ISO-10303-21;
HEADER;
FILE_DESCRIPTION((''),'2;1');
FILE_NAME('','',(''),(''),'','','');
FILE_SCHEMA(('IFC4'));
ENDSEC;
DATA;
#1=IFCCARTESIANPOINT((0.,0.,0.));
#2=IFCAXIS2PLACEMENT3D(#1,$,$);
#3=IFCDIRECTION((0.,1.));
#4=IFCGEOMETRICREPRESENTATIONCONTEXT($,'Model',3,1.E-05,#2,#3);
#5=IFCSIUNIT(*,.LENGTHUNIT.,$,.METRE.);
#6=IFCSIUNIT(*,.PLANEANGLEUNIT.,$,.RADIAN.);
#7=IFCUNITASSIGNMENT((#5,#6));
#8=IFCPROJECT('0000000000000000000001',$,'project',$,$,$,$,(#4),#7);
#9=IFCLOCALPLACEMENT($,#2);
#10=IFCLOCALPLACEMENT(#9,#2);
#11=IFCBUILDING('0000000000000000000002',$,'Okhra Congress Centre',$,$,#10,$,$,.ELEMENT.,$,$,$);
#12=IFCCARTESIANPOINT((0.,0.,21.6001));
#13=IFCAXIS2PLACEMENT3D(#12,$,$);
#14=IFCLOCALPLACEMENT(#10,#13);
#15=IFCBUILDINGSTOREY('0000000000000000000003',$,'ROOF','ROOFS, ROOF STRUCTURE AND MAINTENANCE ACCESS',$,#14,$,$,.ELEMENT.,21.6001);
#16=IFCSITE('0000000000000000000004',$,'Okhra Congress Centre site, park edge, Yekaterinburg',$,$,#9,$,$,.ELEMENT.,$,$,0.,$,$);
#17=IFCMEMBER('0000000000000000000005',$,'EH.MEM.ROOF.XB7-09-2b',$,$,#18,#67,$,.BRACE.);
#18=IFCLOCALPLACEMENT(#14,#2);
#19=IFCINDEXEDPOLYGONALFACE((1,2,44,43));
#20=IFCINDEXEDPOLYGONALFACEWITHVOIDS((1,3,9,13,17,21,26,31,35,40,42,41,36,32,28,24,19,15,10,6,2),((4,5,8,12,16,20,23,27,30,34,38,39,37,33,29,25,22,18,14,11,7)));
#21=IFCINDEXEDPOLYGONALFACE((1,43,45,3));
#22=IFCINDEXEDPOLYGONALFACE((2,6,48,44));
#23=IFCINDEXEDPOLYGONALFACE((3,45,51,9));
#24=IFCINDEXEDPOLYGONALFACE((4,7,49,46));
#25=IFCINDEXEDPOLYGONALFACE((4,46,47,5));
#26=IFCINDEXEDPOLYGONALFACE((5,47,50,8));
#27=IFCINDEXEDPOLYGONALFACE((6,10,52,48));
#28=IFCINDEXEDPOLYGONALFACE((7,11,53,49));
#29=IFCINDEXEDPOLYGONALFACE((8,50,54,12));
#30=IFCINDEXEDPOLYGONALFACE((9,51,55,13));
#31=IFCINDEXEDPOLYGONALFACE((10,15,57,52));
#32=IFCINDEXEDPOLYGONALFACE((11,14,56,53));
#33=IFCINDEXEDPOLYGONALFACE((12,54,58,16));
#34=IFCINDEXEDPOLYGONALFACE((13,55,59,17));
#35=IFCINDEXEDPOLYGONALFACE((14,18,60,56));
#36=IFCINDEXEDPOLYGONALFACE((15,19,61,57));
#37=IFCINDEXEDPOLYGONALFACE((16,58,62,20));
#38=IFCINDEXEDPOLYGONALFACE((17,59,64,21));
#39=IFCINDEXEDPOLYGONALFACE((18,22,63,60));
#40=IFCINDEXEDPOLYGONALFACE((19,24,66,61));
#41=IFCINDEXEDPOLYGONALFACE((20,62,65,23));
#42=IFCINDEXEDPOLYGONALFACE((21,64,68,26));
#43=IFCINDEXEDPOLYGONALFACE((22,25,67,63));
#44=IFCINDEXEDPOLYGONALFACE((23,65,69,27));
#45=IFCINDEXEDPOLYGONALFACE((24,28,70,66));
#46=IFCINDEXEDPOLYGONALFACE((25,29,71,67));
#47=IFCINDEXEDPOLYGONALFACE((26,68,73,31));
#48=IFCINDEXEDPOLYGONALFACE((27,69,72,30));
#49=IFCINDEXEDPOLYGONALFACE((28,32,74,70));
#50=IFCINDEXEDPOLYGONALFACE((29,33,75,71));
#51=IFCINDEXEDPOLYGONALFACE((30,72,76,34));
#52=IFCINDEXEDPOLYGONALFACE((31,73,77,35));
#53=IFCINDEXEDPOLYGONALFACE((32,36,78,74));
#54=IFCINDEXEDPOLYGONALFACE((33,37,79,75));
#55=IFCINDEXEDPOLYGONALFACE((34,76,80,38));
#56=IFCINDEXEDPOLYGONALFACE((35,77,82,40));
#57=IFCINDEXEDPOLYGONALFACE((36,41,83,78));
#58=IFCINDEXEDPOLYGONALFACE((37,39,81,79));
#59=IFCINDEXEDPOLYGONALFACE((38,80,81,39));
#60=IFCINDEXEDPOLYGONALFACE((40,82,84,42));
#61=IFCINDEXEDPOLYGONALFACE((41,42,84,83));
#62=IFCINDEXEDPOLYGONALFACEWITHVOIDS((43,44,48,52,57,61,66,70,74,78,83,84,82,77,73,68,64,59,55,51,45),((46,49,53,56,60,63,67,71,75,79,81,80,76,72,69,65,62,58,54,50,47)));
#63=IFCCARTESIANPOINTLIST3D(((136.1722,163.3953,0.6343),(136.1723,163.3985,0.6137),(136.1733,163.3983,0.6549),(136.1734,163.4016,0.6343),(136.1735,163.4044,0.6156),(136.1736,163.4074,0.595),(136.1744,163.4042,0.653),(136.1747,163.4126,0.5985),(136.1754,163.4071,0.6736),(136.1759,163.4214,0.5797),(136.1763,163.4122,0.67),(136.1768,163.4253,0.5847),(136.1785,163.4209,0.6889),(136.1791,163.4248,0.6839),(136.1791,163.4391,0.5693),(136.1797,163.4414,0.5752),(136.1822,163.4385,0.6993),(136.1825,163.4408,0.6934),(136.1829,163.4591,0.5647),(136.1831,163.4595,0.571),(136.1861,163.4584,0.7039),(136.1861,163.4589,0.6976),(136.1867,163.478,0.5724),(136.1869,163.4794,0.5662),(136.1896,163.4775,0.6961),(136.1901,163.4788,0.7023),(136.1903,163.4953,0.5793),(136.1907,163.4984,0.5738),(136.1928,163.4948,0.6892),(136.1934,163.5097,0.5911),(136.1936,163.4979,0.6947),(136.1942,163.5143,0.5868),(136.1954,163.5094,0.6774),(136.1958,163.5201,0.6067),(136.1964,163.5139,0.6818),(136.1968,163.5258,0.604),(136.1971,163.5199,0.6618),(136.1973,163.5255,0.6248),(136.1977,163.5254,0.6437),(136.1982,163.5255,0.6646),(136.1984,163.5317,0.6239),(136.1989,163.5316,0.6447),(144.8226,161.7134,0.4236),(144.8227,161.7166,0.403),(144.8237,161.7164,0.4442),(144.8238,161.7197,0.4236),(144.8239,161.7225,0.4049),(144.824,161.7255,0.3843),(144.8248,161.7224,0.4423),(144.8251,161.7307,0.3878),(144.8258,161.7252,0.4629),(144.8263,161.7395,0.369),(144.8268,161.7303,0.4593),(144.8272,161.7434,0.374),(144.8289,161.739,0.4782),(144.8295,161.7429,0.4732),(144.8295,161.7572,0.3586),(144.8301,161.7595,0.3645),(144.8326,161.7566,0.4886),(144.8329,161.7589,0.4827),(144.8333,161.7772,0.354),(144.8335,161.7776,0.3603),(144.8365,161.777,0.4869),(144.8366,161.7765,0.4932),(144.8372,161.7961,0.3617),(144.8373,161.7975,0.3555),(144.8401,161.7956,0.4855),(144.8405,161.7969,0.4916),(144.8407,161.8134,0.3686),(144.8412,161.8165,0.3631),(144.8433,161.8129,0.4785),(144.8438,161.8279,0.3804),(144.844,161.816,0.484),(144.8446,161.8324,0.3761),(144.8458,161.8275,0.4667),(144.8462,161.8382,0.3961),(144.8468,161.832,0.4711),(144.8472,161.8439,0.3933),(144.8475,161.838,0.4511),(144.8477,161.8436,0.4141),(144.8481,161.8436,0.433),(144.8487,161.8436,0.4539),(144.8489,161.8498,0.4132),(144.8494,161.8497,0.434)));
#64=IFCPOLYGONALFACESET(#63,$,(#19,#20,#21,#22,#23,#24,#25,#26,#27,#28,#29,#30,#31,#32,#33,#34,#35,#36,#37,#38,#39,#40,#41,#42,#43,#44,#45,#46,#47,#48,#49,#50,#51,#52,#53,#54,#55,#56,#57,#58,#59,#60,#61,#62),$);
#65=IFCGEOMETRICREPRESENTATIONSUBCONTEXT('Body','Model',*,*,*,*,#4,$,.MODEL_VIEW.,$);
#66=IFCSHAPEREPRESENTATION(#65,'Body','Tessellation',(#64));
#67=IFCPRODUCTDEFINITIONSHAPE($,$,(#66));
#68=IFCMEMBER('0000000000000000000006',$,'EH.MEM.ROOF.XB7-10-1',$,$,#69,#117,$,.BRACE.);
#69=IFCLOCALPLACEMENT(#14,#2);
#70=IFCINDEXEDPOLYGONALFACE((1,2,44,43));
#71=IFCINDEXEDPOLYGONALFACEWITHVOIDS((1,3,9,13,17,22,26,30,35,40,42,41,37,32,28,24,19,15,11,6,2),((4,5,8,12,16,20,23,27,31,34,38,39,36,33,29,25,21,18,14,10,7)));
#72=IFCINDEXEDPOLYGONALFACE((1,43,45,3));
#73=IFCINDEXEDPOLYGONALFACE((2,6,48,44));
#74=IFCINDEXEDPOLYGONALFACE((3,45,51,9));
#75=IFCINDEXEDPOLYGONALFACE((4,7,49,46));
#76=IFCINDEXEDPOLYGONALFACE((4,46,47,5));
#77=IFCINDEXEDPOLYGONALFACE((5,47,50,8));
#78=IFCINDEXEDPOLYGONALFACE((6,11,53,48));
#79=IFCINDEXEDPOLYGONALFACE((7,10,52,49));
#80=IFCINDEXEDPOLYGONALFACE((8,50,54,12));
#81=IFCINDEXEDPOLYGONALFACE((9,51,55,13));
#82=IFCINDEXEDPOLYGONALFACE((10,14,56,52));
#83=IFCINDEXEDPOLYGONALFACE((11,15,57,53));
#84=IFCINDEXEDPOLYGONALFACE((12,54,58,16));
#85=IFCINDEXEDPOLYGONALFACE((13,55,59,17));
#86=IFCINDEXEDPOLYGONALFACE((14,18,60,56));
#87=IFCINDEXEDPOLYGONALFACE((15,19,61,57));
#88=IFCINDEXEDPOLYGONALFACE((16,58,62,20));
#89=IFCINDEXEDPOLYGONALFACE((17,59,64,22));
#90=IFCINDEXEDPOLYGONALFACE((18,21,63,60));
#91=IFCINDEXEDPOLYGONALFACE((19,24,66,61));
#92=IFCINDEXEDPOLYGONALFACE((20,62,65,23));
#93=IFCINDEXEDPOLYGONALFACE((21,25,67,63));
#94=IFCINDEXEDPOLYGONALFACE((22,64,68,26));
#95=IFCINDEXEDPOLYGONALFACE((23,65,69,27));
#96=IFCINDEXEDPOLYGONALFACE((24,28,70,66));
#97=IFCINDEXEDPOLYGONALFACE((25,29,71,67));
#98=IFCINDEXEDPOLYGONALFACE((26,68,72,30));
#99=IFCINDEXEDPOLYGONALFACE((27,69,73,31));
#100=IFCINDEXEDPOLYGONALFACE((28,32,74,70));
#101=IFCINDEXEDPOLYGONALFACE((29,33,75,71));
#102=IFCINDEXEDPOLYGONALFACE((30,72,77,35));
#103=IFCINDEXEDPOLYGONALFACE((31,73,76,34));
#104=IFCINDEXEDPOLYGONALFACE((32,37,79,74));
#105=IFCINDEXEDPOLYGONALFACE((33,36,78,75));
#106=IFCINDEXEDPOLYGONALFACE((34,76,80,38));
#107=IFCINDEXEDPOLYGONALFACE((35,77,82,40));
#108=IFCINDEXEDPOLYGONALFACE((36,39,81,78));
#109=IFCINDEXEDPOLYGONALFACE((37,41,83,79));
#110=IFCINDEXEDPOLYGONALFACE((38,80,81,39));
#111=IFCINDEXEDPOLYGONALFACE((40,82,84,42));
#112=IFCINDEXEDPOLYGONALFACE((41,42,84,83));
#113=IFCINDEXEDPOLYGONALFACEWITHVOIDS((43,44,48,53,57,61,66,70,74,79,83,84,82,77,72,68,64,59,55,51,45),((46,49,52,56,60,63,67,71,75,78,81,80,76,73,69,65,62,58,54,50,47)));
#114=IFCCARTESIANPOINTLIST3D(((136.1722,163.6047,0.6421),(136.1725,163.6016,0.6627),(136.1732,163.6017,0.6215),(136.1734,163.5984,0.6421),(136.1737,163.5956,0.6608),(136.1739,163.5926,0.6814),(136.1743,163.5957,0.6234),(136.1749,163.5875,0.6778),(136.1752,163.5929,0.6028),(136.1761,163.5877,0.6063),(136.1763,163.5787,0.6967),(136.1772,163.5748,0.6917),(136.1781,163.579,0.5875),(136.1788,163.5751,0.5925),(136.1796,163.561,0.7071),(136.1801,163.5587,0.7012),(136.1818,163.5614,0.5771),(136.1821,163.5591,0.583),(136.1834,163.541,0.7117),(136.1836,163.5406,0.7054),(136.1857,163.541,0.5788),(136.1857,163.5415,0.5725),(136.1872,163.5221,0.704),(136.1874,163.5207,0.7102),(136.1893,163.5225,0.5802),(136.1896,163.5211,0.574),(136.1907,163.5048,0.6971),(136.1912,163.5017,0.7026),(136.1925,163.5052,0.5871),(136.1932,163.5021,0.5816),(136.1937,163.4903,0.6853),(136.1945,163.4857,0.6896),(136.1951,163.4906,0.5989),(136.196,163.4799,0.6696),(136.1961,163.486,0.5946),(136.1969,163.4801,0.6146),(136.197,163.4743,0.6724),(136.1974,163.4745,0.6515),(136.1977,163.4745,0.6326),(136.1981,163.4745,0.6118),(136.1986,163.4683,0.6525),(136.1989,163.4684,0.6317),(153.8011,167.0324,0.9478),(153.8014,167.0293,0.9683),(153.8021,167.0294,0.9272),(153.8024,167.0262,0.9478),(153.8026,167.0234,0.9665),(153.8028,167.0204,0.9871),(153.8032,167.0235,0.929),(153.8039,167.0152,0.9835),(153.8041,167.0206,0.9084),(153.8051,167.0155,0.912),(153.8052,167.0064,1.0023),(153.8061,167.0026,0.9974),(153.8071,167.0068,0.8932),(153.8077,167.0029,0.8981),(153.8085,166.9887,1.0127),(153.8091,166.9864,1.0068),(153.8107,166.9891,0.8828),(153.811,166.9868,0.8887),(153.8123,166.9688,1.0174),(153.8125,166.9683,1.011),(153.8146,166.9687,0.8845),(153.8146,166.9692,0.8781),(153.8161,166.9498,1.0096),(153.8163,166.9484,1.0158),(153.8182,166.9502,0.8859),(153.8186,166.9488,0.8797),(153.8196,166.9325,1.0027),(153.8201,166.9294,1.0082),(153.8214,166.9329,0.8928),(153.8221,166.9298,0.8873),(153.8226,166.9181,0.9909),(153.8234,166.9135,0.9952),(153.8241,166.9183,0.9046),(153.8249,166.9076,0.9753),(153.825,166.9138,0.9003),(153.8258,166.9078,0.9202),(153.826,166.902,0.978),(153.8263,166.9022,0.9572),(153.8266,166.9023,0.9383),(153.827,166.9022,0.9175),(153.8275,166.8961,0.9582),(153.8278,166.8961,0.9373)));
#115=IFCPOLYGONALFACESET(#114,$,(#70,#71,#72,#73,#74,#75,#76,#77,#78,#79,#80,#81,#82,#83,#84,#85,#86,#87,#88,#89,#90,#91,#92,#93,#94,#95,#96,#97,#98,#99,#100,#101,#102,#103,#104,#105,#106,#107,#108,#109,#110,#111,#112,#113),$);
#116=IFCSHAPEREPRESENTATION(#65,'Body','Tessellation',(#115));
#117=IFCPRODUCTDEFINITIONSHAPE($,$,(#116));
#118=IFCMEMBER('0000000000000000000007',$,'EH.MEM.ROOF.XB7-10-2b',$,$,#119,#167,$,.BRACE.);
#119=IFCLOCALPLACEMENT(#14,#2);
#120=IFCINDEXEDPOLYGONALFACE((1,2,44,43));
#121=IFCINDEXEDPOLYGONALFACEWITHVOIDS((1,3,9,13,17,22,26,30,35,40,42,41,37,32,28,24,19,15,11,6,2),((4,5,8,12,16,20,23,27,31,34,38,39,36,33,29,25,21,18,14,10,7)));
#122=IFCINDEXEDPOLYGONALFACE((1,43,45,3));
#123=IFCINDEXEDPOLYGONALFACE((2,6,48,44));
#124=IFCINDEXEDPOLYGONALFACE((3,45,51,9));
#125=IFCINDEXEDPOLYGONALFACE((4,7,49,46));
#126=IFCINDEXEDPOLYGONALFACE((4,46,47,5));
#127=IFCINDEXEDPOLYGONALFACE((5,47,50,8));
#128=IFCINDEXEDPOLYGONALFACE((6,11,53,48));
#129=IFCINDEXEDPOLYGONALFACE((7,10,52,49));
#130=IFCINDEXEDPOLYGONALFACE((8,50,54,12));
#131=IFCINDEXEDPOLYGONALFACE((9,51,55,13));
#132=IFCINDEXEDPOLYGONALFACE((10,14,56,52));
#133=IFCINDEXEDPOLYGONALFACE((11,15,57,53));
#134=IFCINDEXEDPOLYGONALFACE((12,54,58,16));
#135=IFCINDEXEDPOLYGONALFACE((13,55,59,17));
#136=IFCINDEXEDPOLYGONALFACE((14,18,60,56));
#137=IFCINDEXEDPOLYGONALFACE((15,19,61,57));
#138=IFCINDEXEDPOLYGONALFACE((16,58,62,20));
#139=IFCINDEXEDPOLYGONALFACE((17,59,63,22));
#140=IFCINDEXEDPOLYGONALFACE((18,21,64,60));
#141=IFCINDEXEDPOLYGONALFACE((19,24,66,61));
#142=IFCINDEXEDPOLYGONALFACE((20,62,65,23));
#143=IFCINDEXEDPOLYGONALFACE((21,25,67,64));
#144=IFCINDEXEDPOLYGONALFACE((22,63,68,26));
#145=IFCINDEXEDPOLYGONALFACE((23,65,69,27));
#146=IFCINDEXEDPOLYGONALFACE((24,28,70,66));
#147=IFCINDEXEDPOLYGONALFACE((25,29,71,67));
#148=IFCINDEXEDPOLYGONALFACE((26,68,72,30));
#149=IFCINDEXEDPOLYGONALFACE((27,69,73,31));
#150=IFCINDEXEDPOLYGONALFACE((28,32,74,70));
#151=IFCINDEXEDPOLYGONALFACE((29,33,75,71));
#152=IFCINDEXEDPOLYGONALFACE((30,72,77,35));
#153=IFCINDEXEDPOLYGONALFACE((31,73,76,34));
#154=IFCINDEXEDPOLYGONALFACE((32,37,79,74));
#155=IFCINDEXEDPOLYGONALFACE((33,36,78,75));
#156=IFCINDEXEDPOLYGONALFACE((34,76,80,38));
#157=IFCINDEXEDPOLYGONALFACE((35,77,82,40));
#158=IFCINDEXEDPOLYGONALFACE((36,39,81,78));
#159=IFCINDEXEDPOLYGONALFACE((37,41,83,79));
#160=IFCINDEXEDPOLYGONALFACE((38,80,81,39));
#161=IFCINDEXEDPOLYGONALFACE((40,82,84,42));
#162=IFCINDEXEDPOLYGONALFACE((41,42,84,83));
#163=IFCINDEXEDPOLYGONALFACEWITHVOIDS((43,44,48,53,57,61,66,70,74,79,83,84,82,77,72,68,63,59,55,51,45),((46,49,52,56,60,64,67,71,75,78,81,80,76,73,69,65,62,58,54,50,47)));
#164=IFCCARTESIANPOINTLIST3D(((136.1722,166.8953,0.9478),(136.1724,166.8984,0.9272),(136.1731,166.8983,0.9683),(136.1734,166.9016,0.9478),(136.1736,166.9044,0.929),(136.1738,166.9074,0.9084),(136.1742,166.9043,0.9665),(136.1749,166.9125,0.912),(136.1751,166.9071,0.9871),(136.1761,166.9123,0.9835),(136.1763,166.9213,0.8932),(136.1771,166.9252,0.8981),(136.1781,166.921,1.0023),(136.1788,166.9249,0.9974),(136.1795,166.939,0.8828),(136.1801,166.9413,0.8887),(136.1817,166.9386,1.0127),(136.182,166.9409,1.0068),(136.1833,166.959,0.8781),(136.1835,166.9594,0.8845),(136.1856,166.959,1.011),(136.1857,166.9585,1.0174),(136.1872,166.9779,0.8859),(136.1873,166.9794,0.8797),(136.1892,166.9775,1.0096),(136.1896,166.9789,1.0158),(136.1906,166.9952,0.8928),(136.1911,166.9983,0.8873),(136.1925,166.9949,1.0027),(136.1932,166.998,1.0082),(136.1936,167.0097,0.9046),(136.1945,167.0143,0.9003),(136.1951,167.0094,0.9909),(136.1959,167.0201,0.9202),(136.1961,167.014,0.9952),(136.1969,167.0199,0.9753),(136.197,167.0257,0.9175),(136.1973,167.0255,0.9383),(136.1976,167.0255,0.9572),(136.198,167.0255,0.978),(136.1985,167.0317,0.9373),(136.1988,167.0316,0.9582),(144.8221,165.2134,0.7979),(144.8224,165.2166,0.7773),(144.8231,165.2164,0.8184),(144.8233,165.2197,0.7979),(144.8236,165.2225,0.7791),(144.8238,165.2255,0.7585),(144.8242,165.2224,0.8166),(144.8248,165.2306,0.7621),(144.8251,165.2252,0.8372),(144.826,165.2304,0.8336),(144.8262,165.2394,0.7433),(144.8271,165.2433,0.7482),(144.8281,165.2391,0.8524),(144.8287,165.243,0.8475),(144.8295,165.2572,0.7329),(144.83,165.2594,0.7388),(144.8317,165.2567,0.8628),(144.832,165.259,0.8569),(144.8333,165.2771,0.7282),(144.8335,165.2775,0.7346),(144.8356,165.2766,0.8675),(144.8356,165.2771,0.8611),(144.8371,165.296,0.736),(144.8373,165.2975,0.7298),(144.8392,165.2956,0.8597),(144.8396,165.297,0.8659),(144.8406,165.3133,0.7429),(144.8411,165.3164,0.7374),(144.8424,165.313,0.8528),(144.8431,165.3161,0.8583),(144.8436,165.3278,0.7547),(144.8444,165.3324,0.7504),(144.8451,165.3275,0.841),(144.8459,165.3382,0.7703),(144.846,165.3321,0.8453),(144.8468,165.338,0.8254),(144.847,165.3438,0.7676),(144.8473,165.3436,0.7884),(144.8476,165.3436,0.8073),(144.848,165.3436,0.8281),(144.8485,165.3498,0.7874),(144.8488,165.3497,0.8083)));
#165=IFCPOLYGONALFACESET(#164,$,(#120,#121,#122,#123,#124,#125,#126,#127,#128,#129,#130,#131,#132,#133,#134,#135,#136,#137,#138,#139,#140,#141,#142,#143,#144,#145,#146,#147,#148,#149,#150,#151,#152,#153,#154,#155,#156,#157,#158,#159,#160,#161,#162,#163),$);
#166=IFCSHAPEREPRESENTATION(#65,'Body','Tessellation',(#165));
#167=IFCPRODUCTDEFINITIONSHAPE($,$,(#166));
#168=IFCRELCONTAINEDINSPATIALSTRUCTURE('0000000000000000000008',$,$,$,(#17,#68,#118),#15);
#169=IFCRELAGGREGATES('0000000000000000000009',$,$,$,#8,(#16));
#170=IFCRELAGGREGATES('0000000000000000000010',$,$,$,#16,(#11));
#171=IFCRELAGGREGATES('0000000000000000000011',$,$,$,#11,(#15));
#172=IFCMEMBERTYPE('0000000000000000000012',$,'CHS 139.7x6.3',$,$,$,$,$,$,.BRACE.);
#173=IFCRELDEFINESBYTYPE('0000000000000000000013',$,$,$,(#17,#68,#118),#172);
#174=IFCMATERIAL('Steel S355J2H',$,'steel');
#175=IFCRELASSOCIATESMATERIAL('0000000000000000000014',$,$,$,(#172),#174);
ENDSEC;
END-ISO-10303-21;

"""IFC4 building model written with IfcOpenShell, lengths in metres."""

from ifc_helpers import new_model, si_unit, direction, frame, origin, origin_2d, place, context, subcontext, project, spatial, hollow_circle, extrude, material, material_profile, profile_set, type_object, element, save


model = new_model("IFC4")

# Units and contexts
model_context = context("Model", 3, precision=1e-05, world=origin(), true_north=direction((0.0, 1.0)))
body_context = subcontext(model_context, "Body", "Model", "MODEL_VIEW")
ifc_project = project(units=[si_unit("LENGTHUNIT", "METRE"), si_unit("PLANEANGLEUNIT", "RADIAN")], contexts=[model_context])

# Site, building, storey
site_placement = place(None, origin())
site = spatial("IfcSite", under=ifc_project, at=site_placement, Name="Okhra Congress Centre site, park edge, Yekaterinburg", CompositionType="ELEMENT", RefElevation=0.0)
building_placement = place(site_placement, origin())
building = spatial("IfcBuilding", under=site, at=building_placement, Name="Okhra Congress Centre", CompositionType="ELEMENT")
storey_placement = place(building_placement, frame((0.0, 0.0, 21.6001)))
storey = spatial("IfcBuildingStorey", under=building, at=storey_placement, Name="ROOF", Description="ROOFS, ROOF STRUCTURE AND MAINTENANCE ACCESS", CompositionType="ELEMENT", Elevation=21.6001)

# Members
ifc_material_1 = material(Name="Steel S355J2H", Category="steel")
ifc_material_profile_1 = material_profile(ifc_material_1, hollow_circle(Radius=0.0698, WallThickness=0.0063, at=origin_2d()), Name="CHS 139.7x6.3")
ifc_profile_set_1 = profile_set([ifc_material_profile_1], Name="Steel S355J2H")
member_type_1 = type_object("IfcMemberType", Name="CHS 139.7x6.3", PredefinedType="BRACE", material=ifc_profile_set_1)
member_1_placement = place(storey_placement, frame((144.8359, 161.782, 0.4236), z_axis=(-0.981338, 0.1908, 0.023902), x_axis=(-0.190855, -0.981618, 0.0)))
element("IfcMember", 1, at=member_1_placement, inside=storey, type_object=member_type_1, Name="EH.MEM.ROOF.XB7-09-2b", PredefinedType="BRACE", context=body_context, shape_type="SweptSolid", body=[
    extrude(hollow_circle(Radius=0.0698, WallThickness=0.0063, at=origin_2d()), origin(), (0.0, 0.0, 1.0), 8.8149),
])
member_2_placement = place(storey_placement, frame((136.1855, 163.5361, 0.6421), z_axis=(0.981474, 0.190836, 0.017018), x_axis=(-0.190864, 0.981617, 0.0)))
element("IfcMember", 2, at=member_2_placement, inside=storey, type_object=member_type_1, Name="EH.MEM.ROOF.XB7-10-1", PredefinedType="BRACE", context=body_context, shape_type="SweptSolid", body=[
    extrude(hollow_circle(Radius=0.0698, WallThickness=0.0063, at=origin_2d()), origin(), (0.0, 0.0, 1.0), 17.9617),
])
member_3_placement = place(storey_placement, frame((144.8354, 165.282, 0.7979), z_axis=(-0.981474, 0.190838, 0.017009), x_axis=(-0.190865, -0.981616, 0.0)))
element("IfcMember", 3, at=member_3_placement, inside=storey, type_object=member_type_1, Name="EH.MEM.ROOF.XB7-10-2b", PredefinedType="BRACE", context=body_context, shape_type="SweptSolid", body=[
    extrude(hollow_circle(Radius=0.0698, WallThickness=0.0063, at=origin_2d()), origin(), (0.0, 0.0, 1.0), 8.8132),
])

save(model, "model.ifc")
